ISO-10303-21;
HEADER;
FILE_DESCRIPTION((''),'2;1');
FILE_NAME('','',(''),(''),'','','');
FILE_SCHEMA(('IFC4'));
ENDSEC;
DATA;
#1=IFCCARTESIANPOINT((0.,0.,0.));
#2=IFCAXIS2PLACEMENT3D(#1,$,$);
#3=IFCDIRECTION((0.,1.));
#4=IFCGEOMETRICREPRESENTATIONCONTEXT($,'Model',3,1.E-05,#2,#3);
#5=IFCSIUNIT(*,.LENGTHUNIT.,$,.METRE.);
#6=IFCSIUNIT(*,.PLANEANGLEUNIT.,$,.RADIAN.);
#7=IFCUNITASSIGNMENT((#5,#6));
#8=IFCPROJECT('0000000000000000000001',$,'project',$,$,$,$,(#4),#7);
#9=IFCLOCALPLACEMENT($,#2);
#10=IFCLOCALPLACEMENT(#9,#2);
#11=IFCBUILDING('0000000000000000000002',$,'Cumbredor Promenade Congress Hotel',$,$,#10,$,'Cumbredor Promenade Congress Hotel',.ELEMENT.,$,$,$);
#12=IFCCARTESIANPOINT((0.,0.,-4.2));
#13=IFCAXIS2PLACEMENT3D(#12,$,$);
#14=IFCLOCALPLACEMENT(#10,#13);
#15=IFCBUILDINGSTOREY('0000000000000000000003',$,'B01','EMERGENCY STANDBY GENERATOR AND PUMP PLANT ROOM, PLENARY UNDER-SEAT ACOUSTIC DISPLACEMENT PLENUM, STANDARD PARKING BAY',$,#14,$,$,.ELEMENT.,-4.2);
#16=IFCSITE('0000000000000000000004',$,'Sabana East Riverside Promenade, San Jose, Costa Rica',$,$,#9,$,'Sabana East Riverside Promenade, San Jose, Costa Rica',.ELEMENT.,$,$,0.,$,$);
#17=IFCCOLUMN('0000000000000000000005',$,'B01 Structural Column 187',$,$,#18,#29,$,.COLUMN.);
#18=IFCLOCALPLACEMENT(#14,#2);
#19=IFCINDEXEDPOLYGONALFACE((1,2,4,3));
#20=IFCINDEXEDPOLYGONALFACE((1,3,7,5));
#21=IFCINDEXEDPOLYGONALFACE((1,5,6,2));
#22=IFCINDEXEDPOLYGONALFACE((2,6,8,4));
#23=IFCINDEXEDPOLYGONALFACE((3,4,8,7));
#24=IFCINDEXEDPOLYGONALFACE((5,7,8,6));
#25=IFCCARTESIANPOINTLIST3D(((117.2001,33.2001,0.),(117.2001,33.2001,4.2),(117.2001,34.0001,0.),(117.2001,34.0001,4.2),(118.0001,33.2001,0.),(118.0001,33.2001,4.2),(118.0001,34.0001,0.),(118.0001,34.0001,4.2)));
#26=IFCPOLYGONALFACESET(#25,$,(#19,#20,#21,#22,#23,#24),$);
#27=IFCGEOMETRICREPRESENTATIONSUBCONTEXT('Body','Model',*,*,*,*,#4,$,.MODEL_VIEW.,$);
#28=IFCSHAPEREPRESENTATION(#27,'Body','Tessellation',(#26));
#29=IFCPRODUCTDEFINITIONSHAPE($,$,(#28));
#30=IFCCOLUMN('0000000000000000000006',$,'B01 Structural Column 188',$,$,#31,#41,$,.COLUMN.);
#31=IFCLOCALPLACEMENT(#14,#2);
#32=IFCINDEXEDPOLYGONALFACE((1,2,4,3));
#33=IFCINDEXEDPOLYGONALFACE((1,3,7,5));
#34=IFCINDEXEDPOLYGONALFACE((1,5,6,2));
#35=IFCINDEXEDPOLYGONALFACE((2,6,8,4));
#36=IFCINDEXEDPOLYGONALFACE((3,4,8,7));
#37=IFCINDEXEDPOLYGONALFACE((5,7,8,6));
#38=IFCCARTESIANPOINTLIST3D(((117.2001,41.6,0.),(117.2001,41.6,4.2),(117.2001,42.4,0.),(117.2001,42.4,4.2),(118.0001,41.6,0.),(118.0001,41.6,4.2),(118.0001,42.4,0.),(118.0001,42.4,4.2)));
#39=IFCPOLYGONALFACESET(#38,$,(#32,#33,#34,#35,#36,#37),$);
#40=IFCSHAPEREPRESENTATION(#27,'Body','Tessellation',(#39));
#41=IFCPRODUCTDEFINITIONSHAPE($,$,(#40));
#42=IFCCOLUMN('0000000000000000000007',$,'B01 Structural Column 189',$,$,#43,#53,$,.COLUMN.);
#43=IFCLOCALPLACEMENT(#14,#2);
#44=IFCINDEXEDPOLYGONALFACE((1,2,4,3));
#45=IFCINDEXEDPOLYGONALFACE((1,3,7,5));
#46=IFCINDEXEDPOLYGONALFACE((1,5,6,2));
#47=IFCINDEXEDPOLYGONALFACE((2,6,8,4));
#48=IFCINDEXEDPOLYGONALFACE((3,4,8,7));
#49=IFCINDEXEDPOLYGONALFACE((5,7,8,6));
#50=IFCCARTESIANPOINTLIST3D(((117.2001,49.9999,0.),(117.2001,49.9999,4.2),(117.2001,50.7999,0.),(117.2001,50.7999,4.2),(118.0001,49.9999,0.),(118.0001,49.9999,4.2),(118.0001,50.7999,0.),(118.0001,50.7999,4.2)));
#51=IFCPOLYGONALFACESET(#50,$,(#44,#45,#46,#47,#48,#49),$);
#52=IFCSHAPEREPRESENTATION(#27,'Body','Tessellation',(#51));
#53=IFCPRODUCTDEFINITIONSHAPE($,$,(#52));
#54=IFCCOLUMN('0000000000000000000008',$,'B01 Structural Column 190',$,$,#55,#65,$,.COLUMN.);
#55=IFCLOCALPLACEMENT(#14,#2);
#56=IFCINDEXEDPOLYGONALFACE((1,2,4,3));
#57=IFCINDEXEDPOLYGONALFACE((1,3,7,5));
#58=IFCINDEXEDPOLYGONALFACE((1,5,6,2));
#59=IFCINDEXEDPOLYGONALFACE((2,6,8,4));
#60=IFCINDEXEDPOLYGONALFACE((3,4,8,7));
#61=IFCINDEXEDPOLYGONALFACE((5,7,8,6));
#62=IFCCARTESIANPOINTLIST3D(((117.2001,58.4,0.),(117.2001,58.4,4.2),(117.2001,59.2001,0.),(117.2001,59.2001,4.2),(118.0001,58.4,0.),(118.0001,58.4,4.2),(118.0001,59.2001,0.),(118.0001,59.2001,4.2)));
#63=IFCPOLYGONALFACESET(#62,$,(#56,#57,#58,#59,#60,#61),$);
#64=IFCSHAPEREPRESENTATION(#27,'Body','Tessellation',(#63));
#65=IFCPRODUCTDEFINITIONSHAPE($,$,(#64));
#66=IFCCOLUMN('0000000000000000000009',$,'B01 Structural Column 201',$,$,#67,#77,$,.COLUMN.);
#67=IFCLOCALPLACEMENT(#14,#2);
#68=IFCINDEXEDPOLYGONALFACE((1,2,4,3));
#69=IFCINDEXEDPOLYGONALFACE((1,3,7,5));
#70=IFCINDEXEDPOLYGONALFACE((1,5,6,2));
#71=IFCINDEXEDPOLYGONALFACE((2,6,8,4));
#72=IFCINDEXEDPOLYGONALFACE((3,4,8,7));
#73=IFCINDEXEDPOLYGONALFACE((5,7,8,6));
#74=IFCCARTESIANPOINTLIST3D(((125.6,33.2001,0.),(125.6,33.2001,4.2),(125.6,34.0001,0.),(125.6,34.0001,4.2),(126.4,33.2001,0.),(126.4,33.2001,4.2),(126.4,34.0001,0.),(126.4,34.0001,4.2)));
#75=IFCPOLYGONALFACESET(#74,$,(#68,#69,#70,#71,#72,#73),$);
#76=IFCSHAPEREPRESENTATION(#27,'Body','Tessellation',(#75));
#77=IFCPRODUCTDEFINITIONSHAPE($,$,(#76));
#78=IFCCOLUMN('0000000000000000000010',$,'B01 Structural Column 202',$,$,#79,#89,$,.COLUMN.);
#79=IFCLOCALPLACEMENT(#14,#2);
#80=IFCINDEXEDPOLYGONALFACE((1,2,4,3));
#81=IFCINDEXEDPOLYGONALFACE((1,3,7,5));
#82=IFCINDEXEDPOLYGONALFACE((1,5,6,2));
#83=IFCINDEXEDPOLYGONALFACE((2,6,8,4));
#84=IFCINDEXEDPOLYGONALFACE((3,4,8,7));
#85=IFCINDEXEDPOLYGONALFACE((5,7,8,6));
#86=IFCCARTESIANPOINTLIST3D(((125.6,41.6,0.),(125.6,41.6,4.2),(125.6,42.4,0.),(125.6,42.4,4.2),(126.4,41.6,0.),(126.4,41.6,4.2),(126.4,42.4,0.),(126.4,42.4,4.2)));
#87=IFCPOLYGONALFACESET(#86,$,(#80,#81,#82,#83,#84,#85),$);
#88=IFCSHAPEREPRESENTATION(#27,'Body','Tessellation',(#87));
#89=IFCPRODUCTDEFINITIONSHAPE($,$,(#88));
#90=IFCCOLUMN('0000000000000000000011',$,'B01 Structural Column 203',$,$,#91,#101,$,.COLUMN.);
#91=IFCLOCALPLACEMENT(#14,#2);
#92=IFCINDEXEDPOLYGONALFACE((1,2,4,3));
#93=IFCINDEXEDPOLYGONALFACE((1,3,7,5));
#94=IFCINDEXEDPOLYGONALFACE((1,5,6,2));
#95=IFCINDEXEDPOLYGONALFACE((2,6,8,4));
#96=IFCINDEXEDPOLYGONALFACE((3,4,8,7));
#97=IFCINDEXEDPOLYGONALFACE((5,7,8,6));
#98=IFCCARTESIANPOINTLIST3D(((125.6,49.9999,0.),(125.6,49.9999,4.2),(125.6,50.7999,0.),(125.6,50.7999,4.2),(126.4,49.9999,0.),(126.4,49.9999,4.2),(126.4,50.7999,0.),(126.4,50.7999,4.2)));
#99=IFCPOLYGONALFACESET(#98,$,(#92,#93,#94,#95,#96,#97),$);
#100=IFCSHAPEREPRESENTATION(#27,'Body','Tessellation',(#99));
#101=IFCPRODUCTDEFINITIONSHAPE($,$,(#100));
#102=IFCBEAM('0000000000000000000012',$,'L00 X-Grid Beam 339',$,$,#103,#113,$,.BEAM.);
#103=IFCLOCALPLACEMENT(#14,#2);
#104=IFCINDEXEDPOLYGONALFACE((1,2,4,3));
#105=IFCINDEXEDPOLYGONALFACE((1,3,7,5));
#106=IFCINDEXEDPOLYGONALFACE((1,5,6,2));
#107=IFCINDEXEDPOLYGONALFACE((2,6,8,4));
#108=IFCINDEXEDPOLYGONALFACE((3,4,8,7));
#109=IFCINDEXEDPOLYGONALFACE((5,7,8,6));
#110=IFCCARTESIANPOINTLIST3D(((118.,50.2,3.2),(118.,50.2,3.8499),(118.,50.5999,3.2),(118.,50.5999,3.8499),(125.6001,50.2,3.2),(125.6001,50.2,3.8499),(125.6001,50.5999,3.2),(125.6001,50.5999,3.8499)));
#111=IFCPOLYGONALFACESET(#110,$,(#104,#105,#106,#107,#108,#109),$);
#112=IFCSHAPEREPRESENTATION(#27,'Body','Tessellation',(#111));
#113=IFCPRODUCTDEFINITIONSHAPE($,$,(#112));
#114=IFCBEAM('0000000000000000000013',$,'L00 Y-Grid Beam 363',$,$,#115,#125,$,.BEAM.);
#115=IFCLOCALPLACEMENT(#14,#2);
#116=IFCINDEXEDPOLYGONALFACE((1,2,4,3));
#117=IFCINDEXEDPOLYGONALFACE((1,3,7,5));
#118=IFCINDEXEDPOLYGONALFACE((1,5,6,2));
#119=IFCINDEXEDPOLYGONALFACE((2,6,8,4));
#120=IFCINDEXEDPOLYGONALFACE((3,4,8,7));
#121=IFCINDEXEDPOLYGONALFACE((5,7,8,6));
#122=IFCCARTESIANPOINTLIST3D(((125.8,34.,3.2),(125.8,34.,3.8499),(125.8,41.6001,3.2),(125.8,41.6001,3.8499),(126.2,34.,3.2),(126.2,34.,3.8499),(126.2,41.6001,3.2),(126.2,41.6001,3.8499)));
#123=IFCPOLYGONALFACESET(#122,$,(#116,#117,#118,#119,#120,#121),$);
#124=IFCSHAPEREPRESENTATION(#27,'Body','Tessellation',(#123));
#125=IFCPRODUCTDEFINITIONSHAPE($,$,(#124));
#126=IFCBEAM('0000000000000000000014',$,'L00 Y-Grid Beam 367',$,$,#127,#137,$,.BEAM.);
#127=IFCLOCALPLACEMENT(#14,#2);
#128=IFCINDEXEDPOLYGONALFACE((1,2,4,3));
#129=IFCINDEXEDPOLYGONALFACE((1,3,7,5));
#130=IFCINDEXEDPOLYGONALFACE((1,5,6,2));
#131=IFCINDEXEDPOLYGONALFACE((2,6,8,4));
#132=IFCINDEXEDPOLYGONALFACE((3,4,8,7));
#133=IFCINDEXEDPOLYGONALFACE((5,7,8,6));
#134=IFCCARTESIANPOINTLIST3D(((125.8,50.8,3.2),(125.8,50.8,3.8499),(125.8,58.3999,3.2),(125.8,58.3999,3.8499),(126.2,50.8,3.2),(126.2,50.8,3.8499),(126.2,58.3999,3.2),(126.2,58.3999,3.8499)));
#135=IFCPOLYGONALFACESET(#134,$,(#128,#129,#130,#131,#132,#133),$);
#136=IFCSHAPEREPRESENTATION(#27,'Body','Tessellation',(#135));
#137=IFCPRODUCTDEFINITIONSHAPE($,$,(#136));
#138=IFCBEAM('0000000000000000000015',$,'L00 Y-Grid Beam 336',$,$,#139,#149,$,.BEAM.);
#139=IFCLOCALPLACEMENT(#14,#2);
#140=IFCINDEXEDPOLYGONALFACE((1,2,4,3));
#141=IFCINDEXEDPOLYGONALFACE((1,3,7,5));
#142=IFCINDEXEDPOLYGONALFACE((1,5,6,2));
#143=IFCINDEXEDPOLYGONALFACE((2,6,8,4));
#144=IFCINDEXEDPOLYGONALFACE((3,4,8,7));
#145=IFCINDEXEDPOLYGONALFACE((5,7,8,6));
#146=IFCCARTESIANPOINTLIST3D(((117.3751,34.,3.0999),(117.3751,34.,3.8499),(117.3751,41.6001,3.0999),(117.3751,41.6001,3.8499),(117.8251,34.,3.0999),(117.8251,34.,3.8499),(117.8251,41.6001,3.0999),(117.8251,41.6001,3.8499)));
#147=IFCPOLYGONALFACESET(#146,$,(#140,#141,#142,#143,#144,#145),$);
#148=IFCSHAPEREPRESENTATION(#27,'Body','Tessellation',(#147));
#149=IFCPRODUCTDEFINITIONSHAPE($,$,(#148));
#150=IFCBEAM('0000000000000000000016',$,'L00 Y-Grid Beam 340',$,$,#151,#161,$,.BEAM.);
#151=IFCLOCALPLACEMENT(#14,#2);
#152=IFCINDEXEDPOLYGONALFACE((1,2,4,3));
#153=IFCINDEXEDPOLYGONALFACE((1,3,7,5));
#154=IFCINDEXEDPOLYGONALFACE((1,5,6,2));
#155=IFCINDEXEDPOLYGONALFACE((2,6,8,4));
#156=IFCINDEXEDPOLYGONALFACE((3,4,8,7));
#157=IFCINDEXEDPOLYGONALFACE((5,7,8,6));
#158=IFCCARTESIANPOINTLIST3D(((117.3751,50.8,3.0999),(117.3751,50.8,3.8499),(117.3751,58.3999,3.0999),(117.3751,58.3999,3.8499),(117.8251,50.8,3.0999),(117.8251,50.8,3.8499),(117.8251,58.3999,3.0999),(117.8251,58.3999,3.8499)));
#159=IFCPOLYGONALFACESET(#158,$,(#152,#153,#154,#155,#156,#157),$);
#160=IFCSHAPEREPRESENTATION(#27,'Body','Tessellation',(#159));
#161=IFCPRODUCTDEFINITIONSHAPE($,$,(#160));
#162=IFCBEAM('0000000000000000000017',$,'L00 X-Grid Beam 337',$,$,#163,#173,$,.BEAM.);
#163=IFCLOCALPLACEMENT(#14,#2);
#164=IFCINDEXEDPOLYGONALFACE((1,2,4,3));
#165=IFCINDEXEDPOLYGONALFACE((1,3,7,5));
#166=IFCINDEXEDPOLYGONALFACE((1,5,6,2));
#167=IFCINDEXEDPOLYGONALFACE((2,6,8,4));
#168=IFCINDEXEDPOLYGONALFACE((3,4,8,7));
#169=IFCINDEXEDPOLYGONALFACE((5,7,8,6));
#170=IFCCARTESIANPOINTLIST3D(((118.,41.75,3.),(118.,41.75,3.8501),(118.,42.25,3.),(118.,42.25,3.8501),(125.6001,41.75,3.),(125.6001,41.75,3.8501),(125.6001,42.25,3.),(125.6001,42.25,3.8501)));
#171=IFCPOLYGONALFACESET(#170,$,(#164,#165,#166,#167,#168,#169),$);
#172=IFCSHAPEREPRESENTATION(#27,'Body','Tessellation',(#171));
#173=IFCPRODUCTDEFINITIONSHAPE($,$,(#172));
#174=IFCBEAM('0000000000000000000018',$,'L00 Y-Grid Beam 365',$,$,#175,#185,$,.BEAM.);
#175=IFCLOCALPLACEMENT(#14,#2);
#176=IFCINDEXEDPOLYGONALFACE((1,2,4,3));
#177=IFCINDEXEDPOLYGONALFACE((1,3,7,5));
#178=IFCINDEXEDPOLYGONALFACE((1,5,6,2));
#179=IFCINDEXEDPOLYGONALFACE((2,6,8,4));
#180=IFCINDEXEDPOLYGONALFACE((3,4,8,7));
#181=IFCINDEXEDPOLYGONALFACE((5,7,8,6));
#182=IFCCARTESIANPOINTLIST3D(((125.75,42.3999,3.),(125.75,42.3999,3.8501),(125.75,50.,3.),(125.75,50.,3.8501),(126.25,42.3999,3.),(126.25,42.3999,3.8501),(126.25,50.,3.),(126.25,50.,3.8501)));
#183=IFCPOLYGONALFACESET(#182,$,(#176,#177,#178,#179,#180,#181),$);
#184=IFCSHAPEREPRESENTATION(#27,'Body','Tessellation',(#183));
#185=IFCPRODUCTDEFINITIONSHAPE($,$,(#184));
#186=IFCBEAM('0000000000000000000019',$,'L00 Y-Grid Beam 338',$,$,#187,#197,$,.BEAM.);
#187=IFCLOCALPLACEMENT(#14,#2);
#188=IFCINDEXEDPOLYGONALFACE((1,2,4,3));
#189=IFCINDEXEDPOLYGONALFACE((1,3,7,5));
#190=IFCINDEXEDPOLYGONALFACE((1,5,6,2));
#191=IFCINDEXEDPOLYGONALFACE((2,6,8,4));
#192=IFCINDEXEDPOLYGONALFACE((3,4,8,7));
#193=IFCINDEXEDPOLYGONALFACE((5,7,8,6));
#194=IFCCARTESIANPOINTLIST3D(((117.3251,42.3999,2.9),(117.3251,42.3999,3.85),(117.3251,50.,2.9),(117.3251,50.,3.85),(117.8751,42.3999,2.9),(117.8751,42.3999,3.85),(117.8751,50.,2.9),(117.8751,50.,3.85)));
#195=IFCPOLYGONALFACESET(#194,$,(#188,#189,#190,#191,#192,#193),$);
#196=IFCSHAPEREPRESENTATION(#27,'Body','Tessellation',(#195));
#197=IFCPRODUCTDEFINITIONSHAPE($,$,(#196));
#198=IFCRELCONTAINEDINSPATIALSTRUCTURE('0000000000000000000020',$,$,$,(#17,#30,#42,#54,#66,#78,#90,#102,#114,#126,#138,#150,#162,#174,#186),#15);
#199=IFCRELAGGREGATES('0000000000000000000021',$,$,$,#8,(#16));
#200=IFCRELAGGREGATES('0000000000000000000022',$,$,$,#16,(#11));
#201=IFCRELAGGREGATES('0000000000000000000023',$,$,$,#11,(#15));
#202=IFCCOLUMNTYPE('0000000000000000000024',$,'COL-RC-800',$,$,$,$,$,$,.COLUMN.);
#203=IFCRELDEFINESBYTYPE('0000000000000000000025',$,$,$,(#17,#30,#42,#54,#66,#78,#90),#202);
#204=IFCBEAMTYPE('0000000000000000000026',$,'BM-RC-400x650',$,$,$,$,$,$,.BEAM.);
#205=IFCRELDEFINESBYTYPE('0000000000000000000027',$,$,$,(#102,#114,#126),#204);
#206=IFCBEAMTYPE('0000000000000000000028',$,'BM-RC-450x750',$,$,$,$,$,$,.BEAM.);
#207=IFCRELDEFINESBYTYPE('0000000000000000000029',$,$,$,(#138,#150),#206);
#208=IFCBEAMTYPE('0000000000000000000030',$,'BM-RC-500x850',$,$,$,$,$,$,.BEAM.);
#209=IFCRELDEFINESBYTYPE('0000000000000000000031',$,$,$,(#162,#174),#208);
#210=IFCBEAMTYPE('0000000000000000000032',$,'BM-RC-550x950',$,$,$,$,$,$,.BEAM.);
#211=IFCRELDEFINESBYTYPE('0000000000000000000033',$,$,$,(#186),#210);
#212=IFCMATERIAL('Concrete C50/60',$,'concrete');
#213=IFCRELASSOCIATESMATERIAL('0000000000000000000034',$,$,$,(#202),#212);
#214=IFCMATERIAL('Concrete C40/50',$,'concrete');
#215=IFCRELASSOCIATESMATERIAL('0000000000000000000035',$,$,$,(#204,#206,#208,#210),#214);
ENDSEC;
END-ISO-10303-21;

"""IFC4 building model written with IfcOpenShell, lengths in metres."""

from ifc_helpers import new_model, si_unit, direction, frame, origin, origin_2d, place, context, subcontext, project, spatial, rectangle, extrude, material, material_profile, profile_set, type_object, element, save


model = new_model("IFC4")

# Units and contexts
model_context = context("Model", 3, precision=1e-05, world=origin(), true_north=direction((0.0, 1.0)))
body_context = subcontext(model_context, "Body", "Model", "MODEL_VIEW")
ifc_project = project(units=[si_unit("LENGTHUNIT", "METRE"), si_unit("PLANEANGLEUNIT", "RADIAN")], contexts=[model_context])

# Site, building, storey
site_placement = place(None, origin())
site = spatial("IfcSite", under=ifc_project, at=site_placement, Name="Sabana East Riverside Promenade, San Jose, Costa Rica", LongName="Sabana East Riverside Promenade, San Jose, Costa Rica", CompositionType="ELEMENT", RefElevation=0.0)
building_placement = place(site_placement, origin())
building = spatial("IfcBuilding", under=site, at=building_placement, Name="Cumbredor Promenade Congress Hotel", LongName="Cumbredor Promenade Congress Hotel", CompositionType="ELEMENT")
storey_placement = place(building_placement, frame((0.0, 0.0, -4.2)))
storey = spatial("IfcBuildingStorey", under=building, at=storey_placement, Name="B01", Description="EMERGENCY STANDBY GENERATOR AND PUMP PLANT ROOM, PLENARY UNDER-SEAT ACOUSTIC DISPLACEMENT PLENUM, STANDARD PARKING BAY", CompositionType="ELEMENT", Elevation=-4.2)

# Columns
ifc_material_1 = material(Name="Concrete C50/60", Category="concrete")
ifc_material_profile_1 = material_profile(ifc_material_1, rectangle(XDim=0.8, YDim=0.8, at=origin_2d()), Name="RC 800x800")
ifc_profile_set_1 = profile_set([ifc_material_profile_1], Name="Concrete C50/60")
column_type = type_object("IfcColumnType", Name="COL-RC-800", PredefinedType="COLUMN", material=ifc_profile_set_1)
for number, where, z_axis, x_axis, name in (
    (1, (117.6001, 33.6001, 0.0), (0.0, 0.0, 1.0), (1.0, 0.0, 0.0), "B01 Structural Column 187"),
    (2, (117.6001, 42.0, 0.0), (0.0, 0.0, 1.0), (1.0, 0.0, 0.0), "B01 Structural Column 188"),
    (3, (117.6001, 50.3999, 0.0), (0.0, 0.0, 1.0), (1.0, 0.0, 0.0), "B01 Structural Column 189"),
    (4, (117.6001, 58.8, 0.0), (0.0, 0.0, 1.0), (1.0, 0.0, 0.0), "B01 Structural Column 190"),
    (5, (126.0, 33.6001, 0.0), (0.0, 0.0, 1.0), (1.0, 0.0, 0.0), "B01 Structural Column 201"),
    (6, (126.0, 42.0, 0.0), (0.0, 0.0, 1.0), (1.0, 0.0, 0.0), "B01 Structural Column 202"),
    (7, (126.0, 50.3999, 0.0), (0.0, 0.0, 1.0), (1.0, 0.0, 0.0), "B01 Structural Column 203"),
):
    element("IfcColumn", number, at=place(storey_placement, frame(where, z_axis=z_axis, x_axis=x_axis)), inside=storey, type_object=column_type, Name=name, PredefinedType="COLUMN", context=body_context, shape_type="SweptSolid", body=[
        extrude(rectangle(XDim=0.8, YDim=0.8, at=origin_2d()), origin(), (0.0, 0.0, 1.0), 4.2),
    ])

# Beams
ifc_material_2 = material(Name="Concrete C40/50", Category="concrete")
ifc_material_profile_2 = material_profile(ifc_material_2, rectangle(XDim=0.3999, YDim=0.6499, at=origin_2d()), Name="RC BEAM 400x650")
ifc_profile_set_2 = profile_set([ifc_material_profile_2], Name="Concrete C40/50")
beam_type_1 = type_object("IfcBeamType", Name="BM-RC-400x650", PredefinedType="BEAM", material=ifc_profile_set_2)
for number, where, z_axis, x_axis, name in (
    (8, (118.0, 50.3999, 3.5249), (1.0, 0.0, 0.0), (0.0, 1.0, 0.0), "L00 X-Grid Beam 339"),
    (9, (126.0, 34.0, 3.5249), (0.0, 1.0, 0.0), (-1.0, 0.0, 0.0), "L00 Y-Grid Beam 363"),
):
    element("IfcBeam", number, at=place(storey_placement, frame(where, z_axis=z_axis, x_axis=x_axis)), inside=storey, type_object=beam_type_1, Name=name, PredefinedType="BEAM", context=body_context, shape_type="SweptSolid", body=[
        extrude(rectangle(XDim=0.3999, YDim=0.6499, at=origin_2d()), origin(), (0.0, 0.0, 1.0), 7.6001),
    ])
beam_1_placement = place(storey_placement, frame((126.0, 50.8, 3.5249), z_axis=(0.0, 1.0, 0.0), x_axis=(-1.0, 0.0, 0.0)))
element("IfcBeam", 10, at=beam_1_placement, inside=storey, type_object=beam_type_1, Name="L00 Y-Grid Beam 367", PredefinedType="BEAM", context=body_context, shape_type="SweptSolid", body=[
    extrude(rectangle(XDim=0.3999, YDim=0.6499, at=origin_2d()), origin(), (0.0, 0.0, 1.0), 7.5999),
])
ifc_material_profile_3 = material_profile(ifc_material_2, rectangle(XDim=0.45, YDim=0.75, at=origin_2d()), Name="RC BEAM 450x750")
ifc_profile_set_3 = profile_set([ifc_material_profile_3], Name="Concrete C40/50")
beam_type_2 = type_object("IfcBeamType", Name="BM-RC-450x750", PredefinedType="BEAM", material=ifc_profile_set_3)
beam_2_placement = place(storey_placement, frame((117.6001, 34.0, 3.4749), z_axis=(0.0, 1.0, 0.0), x_axis=(-1.0, 0.0, 0.0)))
element("IfcBeam", 11, at=beam_2_placement, inside=storey, type_object=beam_type_2, Name="L00 Y-Grid Beam 336", PredefinedType="BEAM", context=body_context, shape_type="SweptSolid", body=[
    extrude(rectangle(XDim=0.45, YDim=0.75, at=origin_2d()), origin(), (0.0, 0.0, 1.0), 7.6001),
])
beam_3_placement = place(storey_placement, frame((117.6001, 50.8, 3.4749), z_axis=(0.0, 1.0, 0.0), x_axis=(-1.0, 0.0, 0.0)))
element("IfcBeam", 12, at=beam_3_placement, inside=storey, type_object=beam_type_2, Name="L00 Y-Grid Beam 340", PredefinedType="BEAM", context=body_context, shape_type="SweptSolid", body=[
    extrude(rectangle(XDim=0.45, YDim=0.75, at=origin_2d()), origin(), (0.0, 0.0, 1.0), 7.5999),
])
ifc_material_profile_4 = material_profile(ifc_material_2, rectangle(XDim=0.5, YDim=0.8501, at=origin_2d()), Name="RC BEAM 500x850")
ifc_profile_set_4 = profile_set([ifc_material_profile_4], Name="Concrete C40/50")
beam_type_3 = type_object("IfcBeamType", Name="BM-RC-500x850", PredefinedType="BEAM", material=ifc_profile_set_4)
for number, where, z_axis, x_axis, name in (
    (13, (118.0, 42.0, 3.425), (1.0, 0.0, 0.0), (0.0, 1.0, 0.0), "L00 X-Grid Beam 337"),
    (14, (126.0, 42.3999, 3.425), (0.0, 1.0, 0.0), (-1.0, 0.0, 0.0), "L00 Y-Grid Beam 365"),
):
    element("IfcBeam", number, at=place(storey_placement, frame(where, z_axis=z_axis, x_axis=x_axis)), inside=storey, type_object=beam_type_3, Name=name, PredefinedType="BEAM", context=body_context, shape_type="SweptSolid", body=[
        extrude(rectangle(XDim=0.5, YDim=0.8501, at=origin_2d()), origin(), (0.0, 0.0, 1.0), 7.6001),
    ])
ifc_material_profile_5 = material_profile(ifc_material_2, rectangle(XDim=0.55, YDim=0.95, at=origin_2d()), Name="RC BEAM 550x950")
ifc_profile_set_5 = profile_set([ifc_material_profile_5], Name="Concrete C40/50")
beam_type_4 = type_object("IfcBeamType", Name="BM-RC-550x950", PredefinedType="BEAM", material=ifc_profile_set_5)
beam_4_placement = place(storey_placement, frame((117.6001, 42.3999, 3.375), z_axis=(0.0, 1.0, 0.0), x_axis=(-1.0, 0.0, 0.0)))
element("IfcBeam", 15, at=beam_4_placement, inside=storey, type_object=beam_type_4, Name="L00 Y-Grid Beam 338", PredefinedType="BEAM", context=body_context, shape_type="SweptSolid", body=[
    extrude(rectangle(XDim=0.55, YDim=0.95, at=origin_2d()), origin(), (0.0, 0.0, 1.0), 7.6001),
])

save(model, "model.ifc")
